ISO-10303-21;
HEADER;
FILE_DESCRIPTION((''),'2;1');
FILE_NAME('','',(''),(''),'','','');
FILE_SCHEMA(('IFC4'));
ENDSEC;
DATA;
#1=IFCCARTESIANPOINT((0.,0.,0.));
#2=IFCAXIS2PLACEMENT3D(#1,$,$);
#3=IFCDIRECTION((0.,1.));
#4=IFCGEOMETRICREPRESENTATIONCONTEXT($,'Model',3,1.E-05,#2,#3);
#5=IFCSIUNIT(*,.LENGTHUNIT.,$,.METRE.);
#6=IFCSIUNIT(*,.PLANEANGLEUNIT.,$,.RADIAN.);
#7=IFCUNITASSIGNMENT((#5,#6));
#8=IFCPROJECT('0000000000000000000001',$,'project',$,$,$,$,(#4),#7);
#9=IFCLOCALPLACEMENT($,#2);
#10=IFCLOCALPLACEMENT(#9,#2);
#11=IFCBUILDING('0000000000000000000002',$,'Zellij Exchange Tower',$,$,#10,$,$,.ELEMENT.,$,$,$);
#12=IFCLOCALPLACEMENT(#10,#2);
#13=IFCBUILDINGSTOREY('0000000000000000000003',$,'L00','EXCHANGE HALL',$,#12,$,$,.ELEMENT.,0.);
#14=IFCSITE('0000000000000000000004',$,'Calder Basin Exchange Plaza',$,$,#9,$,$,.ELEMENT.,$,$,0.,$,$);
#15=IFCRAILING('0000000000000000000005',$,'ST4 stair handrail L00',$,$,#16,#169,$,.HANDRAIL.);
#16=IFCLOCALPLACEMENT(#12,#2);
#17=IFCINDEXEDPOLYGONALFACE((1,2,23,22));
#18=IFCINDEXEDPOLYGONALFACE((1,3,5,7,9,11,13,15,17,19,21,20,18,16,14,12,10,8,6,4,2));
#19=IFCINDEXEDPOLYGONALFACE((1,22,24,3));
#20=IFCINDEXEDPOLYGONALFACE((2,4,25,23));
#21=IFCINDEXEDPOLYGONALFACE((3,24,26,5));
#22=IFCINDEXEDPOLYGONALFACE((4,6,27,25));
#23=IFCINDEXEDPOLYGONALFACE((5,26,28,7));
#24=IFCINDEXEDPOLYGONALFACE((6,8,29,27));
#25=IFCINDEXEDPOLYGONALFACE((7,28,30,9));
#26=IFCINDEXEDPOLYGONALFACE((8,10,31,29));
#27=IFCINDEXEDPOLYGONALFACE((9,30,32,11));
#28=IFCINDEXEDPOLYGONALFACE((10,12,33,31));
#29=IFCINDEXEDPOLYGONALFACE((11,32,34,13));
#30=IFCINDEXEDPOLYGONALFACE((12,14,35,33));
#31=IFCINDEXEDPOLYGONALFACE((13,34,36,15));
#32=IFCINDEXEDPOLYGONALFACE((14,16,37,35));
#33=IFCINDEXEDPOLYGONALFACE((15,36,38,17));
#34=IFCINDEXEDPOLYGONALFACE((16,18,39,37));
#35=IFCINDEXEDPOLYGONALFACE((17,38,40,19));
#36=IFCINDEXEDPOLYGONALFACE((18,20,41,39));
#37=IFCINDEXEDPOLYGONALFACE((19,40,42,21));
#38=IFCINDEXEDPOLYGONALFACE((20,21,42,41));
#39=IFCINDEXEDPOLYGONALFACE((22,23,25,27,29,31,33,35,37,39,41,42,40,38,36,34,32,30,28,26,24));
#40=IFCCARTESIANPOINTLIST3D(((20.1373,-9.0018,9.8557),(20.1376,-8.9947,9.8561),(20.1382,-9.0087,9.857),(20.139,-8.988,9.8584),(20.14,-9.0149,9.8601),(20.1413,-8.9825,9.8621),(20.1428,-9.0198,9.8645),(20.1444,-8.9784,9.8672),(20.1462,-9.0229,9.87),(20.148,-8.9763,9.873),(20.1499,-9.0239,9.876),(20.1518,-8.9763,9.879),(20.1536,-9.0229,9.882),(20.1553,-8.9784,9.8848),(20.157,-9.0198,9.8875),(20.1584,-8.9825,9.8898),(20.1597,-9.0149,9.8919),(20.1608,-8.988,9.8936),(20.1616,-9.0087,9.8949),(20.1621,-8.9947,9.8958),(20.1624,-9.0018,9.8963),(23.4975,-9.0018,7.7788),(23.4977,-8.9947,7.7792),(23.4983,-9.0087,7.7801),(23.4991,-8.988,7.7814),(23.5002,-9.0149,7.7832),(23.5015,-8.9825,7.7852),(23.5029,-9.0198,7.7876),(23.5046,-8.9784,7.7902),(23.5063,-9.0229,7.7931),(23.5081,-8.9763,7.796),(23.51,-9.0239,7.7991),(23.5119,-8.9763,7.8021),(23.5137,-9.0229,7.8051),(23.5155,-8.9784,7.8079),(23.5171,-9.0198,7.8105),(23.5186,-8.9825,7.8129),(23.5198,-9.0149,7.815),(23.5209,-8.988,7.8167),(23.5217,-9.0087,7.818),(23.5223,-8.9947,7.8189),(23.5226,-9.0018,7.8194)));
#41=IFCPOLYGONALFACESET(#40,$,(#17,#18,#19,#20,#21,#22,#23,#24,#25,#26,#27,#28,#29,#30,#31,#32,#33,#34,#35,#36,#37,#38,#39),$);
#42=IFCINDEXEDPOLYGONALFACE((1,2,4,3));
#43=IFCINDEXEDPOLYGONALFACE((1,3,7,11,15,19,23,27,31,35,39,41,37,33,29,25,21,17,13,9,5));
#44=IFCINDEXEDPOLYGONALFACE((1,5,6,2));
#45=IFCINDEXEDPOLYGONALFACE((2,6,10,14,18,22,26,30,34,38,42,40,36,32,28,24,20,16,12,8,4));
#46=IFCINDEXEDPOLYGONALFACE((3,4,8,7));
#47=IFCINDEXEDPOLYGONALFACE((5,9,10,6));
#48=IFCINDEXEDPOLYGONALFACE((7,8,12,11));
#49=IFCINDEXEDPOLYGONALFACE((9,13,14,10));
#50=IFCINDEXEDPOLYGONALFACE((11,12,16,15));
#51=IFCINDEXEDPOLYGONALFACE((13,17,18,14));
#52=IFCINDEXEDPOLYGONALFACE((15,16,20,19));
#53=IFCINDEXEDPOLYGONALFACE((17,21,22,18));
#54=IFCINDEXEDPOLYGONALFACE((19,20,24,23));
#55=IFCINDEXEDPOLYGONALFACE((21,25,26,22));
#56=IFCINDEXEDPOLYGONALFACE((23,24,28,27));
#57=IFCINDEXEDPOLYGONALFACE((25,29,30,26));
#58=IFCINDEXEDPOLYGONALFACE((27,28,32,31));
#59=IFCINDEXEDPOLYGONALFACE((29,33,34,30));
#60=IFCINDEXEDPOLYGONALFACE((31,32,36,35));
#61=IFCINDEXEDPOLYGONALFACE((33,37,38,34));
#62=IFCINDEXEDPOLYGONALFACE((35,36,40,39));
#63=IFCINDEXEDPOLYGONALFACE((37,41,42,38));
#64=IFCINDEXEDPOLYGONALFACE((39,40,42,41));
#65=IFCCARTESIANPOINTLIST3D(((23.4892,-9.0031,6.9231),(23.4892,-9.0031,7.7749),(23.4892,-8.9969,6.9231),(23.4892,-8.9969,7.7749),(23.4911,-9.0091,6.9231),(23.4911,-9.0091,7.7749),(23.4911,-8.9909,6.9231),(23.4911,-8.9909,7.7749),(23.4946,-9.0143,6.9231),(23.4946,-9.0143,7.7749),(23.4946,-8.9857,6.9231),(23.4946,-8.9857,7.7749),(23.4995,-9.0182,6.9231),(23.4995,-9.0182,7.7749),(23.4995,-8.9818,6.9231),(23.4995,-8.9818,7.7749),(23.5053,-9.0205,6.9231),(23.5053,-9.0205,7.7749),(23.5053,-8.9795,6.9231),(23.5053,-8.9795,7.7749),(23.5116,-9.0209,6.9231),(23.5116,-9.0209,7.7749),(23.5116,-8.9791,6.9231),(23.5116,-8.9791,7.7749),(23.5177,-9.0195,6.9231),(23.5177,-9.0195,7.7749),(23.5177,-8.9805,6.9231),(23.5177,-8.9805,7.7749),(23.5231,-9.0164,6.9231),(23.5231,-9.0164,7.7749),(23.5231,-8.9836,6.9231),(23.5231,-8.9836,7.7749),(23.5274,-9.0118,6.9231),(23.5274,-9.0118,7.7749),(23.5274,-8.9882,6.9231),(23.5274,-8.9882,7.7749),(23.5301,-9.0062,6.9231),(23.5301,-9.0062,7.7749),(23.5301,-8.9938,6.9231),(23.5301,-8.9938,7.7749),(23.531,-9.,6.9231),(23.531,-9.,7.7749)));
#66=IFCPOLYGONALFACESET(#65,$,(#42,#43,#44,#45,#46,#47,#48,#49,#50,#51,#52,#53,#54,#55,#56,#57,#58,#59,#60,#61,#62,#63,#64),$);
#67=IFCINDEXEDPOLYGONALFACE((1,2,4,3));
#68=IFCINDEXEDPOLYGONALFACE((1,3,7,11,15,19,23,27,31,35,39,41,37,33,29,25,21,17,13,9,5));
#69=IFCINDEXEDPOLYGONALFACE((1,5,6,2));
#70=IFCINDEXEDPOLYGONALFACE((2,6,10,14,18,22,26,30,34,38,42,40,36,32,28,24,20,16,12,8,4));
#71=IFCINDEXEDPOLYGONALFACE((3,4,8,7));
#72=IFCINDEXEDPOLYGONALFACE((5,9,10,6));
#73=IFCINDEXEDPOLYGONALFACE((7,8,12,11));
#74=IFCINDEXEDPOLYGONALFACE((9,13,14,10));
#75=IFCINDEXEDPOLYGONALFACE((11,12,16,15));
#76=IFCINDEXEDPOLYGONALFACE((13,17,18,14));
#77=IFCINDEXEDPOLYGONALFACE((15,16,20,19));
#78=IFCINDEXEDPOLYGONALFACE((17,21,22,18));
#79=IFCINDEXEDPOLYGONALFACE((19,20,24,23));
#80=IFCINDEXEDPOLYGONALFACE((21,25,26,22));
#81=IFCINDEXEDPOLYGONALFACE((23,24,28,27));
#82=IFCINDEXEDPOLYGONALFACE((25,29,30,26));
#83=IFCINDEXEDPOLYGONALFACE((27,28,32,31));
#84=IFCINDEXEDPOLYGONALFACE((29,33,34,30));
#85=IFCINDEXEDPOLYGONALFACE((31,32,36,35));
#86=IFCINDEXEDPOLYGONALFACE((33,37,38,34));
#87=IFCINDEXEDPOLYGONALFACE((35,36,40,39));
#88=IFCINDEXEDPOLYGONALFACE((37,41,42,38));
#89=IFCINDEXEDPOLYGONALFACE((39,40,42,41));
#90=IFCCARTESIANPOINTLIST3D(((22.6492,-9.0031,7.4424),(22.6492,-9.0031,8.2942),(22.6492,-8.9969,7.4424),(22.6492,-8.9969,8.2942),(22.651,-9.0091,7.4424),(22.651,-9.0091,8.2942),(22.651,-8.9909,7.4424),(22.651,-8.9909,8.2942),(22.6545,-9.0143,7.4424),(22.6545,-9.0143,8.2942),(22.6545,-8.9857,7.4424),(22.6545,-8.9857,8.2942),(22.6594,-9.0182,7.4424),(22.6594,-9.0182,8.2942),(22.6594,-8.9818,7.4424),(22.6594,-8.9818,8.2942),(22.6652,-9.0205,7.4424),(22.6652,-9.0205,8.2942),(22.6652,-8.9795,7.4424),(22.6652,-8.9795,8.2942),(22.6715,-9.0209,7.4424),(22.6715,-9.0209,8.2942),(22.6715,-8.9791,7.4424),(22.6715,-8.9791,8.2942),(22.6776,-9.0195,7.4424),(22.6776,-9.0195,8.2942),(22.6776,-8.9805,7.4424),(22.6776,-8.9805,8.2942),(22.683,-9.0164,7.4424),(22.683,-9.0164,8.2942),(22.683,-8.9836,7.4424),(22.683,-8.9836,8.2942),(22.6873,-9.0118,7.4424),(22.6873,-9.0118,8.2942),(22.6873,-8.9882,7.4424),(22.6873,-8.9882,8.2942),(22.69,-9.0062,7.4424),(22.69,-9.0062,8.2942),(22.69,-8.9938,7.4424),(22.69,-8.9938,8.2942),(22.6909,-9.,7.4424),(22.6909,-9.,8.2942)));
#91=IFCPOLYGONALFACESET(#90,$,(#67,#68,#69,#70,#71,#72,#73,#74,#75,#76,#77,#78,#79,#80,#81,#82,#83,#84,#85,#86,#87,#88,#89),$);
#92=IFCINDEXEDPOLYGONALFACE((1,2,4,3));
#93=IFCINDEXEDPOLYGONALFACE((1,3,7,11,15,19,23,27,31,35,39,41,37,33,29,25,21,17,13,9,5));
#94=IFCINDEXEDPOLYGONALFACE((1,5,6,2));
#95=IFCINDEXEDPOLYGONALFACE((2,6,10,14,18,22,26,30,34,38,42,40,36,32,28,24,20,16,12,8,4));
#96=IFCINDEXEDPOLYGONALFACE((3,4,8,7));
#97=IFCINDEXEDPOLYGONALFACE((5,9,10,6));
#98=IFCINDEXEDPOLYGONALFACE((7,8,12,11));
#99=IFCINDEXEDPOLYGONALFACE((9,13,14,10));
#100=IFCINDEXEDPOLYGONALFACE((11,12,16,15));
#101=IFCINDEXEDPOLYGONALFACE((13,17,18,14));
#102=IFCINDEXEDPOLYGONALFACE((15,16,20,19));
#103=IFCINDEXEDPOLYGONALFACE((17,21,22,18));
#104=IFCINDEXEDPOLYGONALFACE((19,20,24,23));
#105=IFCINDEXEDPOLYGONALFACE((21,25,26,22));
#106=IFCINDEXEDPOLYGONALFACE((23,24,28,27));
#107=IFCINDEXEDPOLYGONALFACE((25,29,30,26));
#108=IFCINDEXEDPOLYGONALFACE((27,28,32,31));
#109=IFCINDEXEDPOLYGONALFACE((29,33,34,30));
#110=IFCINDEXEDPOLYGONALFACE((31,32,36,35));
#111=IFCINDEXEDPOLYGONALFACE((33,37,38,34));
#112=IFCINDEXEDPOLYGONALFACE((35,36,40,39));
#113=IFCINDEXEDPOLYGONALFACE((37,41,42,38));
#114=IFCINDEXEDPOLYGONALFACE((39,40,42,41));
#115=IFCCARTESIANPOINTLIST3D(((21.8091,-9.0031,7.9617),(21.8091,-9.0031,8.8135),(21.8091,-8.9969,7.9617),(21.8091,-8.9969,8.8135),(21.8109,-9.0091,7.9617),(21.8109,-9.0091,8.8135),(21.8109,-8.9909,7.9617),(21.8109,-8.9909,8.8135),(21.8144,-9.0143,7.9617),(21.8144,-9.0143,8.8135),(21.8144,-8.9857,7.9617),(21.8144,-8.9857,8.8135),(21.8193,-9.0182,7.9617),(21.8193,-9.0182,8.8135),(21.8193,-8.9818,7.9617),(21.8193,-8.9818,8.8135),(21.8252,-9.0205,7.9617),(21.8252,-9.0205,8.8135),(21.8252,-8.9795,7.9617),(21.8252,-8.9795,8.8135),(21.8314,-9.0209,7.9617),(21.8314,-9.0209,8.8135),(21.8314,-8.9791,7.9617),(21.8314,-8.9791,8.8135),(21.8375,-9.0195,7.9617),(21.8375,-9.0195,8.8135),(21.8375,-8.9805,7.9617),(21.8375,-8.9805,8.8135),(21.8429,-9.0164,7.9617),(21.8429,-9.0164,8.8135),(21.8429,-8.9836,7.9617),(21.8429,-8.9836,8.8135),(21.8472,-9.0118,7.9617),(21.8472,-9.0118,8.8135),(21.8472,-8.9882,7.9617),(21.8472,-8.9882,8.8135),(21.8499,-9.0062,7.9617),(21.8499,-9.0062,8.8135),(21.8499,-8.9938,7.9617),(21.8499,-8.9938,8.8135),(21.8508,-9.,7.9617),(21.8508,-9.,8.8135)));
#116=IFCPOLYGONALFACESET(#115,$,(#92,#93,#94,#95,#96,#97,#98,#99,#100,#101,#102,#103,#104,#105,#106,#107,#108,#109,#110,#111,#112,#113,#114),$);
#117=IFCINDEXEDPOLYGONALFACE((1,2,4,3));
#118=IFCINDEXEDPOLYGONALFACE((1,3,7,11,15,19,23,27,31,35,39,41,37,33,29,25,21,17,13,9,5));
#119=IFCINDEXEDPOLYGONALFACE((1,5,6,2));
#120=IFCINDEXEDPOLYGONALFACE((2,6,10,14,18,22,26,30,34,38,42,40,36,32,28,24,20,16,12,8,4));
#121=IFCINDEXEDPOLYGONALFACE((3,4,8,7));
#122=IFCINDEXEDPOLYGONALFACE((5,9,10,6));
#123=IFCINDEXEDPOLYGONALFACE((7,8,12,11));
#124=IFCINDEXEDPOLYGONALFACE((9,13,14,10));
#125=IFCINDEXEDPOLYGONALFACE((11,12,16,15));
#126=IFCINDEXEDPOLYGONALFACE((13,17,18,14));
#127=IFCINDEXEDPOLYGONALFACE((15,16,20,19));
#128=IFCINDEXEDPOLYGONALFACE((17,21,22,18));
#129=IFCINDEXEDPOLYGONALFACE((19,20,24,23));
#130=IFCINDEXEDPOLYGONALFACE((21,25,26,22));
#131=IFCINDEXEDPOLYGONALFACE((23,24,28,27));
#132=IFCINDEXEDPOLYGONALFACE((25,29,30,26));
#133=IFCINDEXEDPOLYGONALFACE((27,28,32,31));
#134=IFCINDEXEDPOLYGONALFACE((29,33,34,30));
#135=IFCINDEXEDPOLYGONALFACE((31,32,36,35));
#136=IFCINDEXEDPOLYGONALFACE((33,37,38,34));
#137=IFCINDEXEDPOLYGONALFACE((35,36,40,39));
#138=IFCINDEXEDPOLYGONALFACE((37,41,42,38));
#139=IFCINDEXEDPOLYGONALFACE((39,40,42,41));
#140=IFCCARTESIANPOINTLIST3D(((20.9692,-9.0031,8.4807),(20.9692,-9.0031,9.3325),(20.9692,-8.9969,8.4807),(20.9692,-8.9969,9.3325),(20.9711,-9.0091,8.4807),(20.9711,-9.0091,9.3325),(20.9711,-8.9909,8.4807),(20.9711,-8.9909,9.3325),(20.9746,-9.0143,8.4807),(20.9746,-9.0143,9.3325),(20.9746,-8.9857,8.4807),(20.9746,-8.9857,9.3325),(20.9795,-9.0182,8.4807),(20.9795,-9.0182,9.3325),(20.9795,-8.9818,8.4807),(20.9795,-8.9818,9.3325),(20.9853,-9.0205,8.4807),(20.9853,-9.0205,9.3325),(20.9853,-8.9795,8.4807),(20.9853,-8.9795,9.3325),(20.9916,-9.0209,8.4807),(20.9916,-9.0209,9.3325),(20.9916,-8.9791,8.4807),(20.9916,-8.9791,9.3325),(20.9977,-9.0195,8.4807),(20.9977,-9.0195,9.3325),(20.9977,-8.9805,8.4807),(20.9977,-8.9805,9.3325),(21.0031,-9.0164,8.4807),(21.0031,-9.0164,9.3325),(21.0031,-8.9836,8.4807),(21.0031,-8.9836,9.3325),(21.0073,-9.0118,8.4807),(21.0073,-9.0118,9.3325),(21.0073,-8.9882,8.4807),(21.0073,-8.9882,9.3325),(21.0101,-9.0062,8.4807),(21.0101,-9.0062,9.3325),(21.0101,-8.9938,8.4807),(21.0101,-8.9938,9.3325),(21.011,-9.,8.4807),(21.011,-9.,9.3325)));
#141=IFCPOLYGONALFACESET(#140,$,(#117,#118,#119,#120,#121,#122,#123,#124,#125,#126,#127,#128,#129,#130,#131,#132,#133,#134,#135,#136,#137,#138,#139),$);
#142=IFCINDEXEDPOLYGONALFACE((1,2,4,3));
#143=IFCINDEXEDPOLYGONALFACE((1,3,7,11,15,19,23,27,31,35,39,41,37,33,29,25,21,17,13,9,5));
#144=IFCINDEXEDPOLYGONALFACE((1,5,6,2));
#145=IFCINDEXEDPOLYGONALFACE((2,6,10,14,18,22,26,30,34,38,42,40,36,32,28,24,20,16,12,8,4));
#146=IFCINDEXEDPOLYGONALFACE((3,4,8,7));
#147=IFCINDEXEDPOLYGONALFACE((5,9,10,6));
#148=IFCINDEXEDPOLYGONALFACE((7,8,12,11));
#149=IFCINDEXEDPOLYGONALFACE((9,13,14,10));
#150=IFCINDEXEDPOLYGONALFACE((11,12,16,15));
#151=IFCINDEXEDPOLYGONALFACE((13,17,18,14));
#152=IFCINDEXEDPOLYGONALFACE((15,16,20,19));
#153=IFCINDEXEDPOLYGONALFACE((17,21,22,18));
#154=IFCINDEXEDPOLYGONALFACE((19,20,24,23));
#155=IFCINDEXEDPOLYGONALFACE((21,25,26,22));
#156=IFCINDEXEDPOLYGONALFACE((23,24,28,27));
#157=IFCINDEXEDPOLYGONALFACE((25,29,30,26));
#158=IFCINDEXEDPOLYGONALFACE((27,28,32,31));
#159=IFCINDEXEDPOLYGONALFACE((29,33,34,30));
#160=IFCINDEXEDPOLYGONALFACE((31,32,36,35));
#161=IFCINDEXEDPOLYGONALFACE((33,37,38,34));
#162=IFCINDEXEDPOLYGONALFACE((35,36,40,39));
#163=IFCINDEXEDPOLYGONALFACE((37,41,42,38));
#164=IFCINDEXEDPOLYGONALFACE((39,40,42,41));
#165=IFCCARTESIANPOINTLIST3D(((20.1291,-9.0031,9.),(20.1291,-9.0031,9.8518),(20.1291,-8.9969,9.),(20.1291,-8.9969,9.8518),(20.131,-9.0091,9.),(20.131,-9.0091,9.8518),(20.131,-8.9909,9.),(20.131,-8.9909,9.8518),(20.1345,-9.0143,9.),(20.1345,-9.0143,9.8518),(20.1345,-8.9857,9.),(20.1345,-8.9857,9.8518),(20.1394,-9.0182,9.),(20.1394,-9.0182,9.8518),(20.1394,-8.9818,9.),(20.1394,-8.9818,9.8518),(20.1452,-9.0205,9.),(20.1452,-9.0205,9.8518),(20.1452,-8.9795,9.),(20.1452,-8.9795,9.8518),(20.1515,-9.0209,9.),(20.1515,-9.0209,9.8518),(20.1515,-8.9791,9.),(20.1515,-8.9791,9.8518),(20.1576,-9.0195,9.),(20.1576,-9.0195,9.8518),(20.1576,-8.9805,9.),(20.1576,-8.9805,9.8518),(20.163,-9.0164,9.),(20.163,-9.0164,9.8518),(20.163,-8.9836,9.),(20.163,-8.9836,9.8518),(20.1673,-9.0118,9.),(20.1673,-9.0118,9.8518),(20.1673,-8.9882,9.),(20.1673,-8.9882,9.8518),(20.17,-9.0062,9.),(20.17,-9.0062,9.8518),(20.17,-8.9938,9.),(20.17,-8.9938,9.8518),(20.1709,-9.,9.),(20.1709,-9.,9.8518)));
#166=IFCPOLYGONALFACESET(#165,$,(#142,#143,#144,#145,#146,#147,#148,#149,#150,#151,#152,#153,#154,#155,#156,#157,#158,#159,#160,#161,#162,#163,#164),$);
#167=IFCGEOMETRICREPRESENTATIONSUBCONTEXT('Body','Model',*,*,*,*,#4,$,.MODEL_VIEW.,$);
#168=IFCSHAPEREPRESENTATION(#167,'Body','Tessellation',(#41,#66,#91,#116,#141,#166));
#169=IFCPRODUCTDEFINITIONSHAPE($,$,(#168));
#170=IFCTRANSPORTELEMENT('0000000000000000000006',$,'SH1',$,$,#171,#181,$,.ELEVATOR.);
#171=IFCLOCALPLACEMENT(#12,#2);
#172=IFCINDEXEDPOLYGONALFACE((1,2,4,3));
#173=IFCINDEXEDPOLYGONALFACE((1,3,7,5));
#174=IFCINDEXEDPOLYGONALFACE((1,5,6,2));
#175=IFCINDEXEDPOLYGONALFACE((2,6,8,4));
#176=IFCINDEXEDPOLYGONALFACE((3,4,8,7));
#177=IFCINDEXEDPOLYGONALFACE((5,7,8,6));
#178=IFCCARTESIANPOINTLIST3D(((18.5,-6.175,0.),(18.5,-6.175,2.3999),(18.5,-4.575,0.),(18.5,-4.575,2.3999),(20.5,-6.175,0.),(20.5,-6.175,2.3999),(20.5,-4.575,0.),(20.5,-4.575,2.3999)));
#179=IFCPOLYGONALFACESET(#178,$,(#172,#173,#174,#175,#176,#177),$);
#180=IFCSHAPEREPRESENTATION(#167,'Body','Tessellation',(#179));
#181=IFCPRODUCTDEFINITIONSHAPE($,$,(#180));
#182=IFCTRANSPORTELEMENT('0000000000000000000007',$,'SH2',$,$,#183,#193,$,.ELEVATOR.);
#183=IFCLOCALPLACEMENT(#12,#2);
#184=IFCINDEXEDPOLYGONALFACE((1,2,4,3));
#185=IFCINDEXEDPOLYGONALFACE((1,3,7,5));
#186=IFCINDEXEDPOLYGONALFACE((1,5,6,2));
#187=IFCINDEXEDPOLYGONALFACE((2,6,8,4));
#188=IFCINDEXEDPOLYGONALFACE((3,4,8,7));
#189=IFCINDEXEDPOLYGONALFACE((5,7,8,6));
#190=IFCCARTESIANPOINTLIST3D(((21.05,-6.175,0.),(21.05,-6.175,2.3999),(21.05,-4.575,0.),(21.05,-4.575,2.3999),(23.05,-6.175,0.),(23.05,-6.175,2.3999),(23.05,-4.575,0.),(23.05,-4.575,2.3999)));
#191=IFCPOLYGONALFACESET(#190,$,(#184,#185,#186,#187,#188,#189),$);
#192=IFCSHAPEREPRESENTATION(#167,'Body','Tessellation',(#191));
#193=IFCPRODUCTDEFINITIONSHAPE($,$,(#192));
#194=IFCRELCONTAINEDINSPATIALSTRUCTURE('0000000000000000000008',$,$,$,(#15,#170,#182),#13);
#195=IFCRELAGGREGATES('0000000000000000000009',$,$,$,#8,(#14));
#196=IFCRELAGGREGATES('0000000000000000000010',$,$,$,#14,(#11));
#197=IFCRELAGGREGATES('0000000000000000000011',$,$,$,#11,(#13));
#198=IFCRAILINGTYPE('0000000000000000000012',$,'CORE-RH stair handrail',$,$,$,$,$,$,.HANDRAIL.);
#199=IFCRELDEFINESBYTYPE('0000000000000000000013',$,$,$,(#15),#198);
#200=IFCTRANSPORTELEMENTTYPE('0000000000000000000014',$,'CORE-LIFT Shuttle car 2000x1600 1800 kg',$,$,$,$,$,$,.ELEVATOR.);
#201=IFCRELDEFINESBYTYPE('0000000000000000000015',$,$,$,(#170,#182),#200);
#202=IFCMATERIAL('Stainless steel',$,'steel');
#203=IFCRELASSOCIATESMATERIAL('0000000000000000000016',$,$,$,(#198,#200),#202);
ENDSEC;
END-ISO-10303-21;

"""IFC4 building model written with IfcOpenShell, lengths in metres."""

from ifc_helpers import new_model, si_unit, direction, frame, origin, origin_2d, place, context, subcontext, project, spatial, rectangle, circle, extrude, material, type_object, element, save


model = new_model("IFC4")

# Units and contexts
model_context = context("Model", 3, precision=1e-05, world=origin(), true_north=direction((0.0, 1.0)))
body_context = subcontext(model_context, "Body", "Model", "MODEL_VIEW")
ifc_project = project(units=[si_unit("LENGTHUNIT", "METRE"), si_unit("PLANEANGLEUNIT", "RADIAN")], contexts=[model_context])

# Site, building, storey
site_placement = place(None, origin())
site = spatial("IfcSite", under=ifc_project, at=site_placement, Name="Calder Basin Exchange Plaza", CompositionType="ELEMENT", RefElevation=0.0)
building_placement = place(site_placement, origin())
building = spatial("IfcBuilding", under=site, at=building_placement, Name="Zellij Exchange Tower", CompositionType="ELEMENT")
storey_placement = place(building_placement, origin())
storey = spatial("IfcBuildingStorey", under=building, at=storey_placement, Name="L00", Description="EXCHANGE HALL", CompositionType="ELEMENT", Elevation=0.0)

# Railing
ifc_material_1 = material(Name="Stainless steel", Category="steel")
railing_type = type_object("IfcRailingType", Name="CORE-RH stair handrail", PredefinedType="HANDRAIL", material=ifc_material_1)
for number, where, name in (
    (1, (23.51, -9.0, 6.9231), "ST4 stair handrail L00"),
):
    element("IfcRailing", number, at=place(storey_placement, frame(where)), inside=storey, type_object=railing_type, Name=name, PredefinedType="HANDRAIL", context=body_context, shape_type="SweptSolid", body=[
        extrude(circle(Radius=0.0239, at=origin_2d()), frame((0.0, 0.0, 0.876), z_axis=(-0.850623, 0.0, 0.525776), x_axis=(0.0, -1.0, 0.0)), (0.0, 0.0, 1.0), 3.9502),
        extrude(circle(Radius=0.021, at=origin_2d()), origin(), (0.0, 0.0, 1.0), 0.8518),
        extrude(circle(Radius=0.021, at=origin_2d()), frame((-0.8401, 0.0, 0.5193)), (0.0, 0.0, 1.0), 0.8518),
        extrude(circle(Radius=0.021, at=origin_2d()), frame((-1.6802, 0.0, 1.0386)), (0.0, 0.0, 1.0), 0.8518),
        extrude(circle(Radius=0.021, at=origin_2d()), frame((-2.52, 0.0, 1.5576)), (0.0, 0.0, 1.0), 0.8518),
        extrude(circle(Radius=0.021, at=origin_2d()), frame((-3.3601, 0.0, 2.0769)), (0.0, 0.0, 1.0), 0.8518),
    ])

# Transport elements
transport_element_type = type_object("IfcTransportElementType", Name="CORE-LIFT Shuttle car 2000x1600 1800 kg", PredefinedType="ELEVATOR", material=ifc_material_1)
for number, where, z_axis, x_axis, name in (
    (2, (19.5, -5.375, 0.0), (0.0, 0.0, 1.0), (1.0, 0.0, 0.0), "SH1"),
    (3, (22.05, -5.375, 0.0), (0.0, 0.0, 1.0), (1.0, 0.0, 0.0), "SH2"),
):
    element("IfcTransportElement", number, at=place(storey_placement, frame(where, z_axis=z_axis, x_axis=x_axis)), inside=storey, type_object=transport_element_type, Name=name, PredefinedType="ELEVATOR", context=body_context, shape_type="SweptSolid", body=[
        extrude(rectangle(XDim=2.0, YDim=1.6001, at=origin_2d()), origin(), (0.0, 0.0, 1.0), 2.3999),
    ])

save(model, "model.ifc")
